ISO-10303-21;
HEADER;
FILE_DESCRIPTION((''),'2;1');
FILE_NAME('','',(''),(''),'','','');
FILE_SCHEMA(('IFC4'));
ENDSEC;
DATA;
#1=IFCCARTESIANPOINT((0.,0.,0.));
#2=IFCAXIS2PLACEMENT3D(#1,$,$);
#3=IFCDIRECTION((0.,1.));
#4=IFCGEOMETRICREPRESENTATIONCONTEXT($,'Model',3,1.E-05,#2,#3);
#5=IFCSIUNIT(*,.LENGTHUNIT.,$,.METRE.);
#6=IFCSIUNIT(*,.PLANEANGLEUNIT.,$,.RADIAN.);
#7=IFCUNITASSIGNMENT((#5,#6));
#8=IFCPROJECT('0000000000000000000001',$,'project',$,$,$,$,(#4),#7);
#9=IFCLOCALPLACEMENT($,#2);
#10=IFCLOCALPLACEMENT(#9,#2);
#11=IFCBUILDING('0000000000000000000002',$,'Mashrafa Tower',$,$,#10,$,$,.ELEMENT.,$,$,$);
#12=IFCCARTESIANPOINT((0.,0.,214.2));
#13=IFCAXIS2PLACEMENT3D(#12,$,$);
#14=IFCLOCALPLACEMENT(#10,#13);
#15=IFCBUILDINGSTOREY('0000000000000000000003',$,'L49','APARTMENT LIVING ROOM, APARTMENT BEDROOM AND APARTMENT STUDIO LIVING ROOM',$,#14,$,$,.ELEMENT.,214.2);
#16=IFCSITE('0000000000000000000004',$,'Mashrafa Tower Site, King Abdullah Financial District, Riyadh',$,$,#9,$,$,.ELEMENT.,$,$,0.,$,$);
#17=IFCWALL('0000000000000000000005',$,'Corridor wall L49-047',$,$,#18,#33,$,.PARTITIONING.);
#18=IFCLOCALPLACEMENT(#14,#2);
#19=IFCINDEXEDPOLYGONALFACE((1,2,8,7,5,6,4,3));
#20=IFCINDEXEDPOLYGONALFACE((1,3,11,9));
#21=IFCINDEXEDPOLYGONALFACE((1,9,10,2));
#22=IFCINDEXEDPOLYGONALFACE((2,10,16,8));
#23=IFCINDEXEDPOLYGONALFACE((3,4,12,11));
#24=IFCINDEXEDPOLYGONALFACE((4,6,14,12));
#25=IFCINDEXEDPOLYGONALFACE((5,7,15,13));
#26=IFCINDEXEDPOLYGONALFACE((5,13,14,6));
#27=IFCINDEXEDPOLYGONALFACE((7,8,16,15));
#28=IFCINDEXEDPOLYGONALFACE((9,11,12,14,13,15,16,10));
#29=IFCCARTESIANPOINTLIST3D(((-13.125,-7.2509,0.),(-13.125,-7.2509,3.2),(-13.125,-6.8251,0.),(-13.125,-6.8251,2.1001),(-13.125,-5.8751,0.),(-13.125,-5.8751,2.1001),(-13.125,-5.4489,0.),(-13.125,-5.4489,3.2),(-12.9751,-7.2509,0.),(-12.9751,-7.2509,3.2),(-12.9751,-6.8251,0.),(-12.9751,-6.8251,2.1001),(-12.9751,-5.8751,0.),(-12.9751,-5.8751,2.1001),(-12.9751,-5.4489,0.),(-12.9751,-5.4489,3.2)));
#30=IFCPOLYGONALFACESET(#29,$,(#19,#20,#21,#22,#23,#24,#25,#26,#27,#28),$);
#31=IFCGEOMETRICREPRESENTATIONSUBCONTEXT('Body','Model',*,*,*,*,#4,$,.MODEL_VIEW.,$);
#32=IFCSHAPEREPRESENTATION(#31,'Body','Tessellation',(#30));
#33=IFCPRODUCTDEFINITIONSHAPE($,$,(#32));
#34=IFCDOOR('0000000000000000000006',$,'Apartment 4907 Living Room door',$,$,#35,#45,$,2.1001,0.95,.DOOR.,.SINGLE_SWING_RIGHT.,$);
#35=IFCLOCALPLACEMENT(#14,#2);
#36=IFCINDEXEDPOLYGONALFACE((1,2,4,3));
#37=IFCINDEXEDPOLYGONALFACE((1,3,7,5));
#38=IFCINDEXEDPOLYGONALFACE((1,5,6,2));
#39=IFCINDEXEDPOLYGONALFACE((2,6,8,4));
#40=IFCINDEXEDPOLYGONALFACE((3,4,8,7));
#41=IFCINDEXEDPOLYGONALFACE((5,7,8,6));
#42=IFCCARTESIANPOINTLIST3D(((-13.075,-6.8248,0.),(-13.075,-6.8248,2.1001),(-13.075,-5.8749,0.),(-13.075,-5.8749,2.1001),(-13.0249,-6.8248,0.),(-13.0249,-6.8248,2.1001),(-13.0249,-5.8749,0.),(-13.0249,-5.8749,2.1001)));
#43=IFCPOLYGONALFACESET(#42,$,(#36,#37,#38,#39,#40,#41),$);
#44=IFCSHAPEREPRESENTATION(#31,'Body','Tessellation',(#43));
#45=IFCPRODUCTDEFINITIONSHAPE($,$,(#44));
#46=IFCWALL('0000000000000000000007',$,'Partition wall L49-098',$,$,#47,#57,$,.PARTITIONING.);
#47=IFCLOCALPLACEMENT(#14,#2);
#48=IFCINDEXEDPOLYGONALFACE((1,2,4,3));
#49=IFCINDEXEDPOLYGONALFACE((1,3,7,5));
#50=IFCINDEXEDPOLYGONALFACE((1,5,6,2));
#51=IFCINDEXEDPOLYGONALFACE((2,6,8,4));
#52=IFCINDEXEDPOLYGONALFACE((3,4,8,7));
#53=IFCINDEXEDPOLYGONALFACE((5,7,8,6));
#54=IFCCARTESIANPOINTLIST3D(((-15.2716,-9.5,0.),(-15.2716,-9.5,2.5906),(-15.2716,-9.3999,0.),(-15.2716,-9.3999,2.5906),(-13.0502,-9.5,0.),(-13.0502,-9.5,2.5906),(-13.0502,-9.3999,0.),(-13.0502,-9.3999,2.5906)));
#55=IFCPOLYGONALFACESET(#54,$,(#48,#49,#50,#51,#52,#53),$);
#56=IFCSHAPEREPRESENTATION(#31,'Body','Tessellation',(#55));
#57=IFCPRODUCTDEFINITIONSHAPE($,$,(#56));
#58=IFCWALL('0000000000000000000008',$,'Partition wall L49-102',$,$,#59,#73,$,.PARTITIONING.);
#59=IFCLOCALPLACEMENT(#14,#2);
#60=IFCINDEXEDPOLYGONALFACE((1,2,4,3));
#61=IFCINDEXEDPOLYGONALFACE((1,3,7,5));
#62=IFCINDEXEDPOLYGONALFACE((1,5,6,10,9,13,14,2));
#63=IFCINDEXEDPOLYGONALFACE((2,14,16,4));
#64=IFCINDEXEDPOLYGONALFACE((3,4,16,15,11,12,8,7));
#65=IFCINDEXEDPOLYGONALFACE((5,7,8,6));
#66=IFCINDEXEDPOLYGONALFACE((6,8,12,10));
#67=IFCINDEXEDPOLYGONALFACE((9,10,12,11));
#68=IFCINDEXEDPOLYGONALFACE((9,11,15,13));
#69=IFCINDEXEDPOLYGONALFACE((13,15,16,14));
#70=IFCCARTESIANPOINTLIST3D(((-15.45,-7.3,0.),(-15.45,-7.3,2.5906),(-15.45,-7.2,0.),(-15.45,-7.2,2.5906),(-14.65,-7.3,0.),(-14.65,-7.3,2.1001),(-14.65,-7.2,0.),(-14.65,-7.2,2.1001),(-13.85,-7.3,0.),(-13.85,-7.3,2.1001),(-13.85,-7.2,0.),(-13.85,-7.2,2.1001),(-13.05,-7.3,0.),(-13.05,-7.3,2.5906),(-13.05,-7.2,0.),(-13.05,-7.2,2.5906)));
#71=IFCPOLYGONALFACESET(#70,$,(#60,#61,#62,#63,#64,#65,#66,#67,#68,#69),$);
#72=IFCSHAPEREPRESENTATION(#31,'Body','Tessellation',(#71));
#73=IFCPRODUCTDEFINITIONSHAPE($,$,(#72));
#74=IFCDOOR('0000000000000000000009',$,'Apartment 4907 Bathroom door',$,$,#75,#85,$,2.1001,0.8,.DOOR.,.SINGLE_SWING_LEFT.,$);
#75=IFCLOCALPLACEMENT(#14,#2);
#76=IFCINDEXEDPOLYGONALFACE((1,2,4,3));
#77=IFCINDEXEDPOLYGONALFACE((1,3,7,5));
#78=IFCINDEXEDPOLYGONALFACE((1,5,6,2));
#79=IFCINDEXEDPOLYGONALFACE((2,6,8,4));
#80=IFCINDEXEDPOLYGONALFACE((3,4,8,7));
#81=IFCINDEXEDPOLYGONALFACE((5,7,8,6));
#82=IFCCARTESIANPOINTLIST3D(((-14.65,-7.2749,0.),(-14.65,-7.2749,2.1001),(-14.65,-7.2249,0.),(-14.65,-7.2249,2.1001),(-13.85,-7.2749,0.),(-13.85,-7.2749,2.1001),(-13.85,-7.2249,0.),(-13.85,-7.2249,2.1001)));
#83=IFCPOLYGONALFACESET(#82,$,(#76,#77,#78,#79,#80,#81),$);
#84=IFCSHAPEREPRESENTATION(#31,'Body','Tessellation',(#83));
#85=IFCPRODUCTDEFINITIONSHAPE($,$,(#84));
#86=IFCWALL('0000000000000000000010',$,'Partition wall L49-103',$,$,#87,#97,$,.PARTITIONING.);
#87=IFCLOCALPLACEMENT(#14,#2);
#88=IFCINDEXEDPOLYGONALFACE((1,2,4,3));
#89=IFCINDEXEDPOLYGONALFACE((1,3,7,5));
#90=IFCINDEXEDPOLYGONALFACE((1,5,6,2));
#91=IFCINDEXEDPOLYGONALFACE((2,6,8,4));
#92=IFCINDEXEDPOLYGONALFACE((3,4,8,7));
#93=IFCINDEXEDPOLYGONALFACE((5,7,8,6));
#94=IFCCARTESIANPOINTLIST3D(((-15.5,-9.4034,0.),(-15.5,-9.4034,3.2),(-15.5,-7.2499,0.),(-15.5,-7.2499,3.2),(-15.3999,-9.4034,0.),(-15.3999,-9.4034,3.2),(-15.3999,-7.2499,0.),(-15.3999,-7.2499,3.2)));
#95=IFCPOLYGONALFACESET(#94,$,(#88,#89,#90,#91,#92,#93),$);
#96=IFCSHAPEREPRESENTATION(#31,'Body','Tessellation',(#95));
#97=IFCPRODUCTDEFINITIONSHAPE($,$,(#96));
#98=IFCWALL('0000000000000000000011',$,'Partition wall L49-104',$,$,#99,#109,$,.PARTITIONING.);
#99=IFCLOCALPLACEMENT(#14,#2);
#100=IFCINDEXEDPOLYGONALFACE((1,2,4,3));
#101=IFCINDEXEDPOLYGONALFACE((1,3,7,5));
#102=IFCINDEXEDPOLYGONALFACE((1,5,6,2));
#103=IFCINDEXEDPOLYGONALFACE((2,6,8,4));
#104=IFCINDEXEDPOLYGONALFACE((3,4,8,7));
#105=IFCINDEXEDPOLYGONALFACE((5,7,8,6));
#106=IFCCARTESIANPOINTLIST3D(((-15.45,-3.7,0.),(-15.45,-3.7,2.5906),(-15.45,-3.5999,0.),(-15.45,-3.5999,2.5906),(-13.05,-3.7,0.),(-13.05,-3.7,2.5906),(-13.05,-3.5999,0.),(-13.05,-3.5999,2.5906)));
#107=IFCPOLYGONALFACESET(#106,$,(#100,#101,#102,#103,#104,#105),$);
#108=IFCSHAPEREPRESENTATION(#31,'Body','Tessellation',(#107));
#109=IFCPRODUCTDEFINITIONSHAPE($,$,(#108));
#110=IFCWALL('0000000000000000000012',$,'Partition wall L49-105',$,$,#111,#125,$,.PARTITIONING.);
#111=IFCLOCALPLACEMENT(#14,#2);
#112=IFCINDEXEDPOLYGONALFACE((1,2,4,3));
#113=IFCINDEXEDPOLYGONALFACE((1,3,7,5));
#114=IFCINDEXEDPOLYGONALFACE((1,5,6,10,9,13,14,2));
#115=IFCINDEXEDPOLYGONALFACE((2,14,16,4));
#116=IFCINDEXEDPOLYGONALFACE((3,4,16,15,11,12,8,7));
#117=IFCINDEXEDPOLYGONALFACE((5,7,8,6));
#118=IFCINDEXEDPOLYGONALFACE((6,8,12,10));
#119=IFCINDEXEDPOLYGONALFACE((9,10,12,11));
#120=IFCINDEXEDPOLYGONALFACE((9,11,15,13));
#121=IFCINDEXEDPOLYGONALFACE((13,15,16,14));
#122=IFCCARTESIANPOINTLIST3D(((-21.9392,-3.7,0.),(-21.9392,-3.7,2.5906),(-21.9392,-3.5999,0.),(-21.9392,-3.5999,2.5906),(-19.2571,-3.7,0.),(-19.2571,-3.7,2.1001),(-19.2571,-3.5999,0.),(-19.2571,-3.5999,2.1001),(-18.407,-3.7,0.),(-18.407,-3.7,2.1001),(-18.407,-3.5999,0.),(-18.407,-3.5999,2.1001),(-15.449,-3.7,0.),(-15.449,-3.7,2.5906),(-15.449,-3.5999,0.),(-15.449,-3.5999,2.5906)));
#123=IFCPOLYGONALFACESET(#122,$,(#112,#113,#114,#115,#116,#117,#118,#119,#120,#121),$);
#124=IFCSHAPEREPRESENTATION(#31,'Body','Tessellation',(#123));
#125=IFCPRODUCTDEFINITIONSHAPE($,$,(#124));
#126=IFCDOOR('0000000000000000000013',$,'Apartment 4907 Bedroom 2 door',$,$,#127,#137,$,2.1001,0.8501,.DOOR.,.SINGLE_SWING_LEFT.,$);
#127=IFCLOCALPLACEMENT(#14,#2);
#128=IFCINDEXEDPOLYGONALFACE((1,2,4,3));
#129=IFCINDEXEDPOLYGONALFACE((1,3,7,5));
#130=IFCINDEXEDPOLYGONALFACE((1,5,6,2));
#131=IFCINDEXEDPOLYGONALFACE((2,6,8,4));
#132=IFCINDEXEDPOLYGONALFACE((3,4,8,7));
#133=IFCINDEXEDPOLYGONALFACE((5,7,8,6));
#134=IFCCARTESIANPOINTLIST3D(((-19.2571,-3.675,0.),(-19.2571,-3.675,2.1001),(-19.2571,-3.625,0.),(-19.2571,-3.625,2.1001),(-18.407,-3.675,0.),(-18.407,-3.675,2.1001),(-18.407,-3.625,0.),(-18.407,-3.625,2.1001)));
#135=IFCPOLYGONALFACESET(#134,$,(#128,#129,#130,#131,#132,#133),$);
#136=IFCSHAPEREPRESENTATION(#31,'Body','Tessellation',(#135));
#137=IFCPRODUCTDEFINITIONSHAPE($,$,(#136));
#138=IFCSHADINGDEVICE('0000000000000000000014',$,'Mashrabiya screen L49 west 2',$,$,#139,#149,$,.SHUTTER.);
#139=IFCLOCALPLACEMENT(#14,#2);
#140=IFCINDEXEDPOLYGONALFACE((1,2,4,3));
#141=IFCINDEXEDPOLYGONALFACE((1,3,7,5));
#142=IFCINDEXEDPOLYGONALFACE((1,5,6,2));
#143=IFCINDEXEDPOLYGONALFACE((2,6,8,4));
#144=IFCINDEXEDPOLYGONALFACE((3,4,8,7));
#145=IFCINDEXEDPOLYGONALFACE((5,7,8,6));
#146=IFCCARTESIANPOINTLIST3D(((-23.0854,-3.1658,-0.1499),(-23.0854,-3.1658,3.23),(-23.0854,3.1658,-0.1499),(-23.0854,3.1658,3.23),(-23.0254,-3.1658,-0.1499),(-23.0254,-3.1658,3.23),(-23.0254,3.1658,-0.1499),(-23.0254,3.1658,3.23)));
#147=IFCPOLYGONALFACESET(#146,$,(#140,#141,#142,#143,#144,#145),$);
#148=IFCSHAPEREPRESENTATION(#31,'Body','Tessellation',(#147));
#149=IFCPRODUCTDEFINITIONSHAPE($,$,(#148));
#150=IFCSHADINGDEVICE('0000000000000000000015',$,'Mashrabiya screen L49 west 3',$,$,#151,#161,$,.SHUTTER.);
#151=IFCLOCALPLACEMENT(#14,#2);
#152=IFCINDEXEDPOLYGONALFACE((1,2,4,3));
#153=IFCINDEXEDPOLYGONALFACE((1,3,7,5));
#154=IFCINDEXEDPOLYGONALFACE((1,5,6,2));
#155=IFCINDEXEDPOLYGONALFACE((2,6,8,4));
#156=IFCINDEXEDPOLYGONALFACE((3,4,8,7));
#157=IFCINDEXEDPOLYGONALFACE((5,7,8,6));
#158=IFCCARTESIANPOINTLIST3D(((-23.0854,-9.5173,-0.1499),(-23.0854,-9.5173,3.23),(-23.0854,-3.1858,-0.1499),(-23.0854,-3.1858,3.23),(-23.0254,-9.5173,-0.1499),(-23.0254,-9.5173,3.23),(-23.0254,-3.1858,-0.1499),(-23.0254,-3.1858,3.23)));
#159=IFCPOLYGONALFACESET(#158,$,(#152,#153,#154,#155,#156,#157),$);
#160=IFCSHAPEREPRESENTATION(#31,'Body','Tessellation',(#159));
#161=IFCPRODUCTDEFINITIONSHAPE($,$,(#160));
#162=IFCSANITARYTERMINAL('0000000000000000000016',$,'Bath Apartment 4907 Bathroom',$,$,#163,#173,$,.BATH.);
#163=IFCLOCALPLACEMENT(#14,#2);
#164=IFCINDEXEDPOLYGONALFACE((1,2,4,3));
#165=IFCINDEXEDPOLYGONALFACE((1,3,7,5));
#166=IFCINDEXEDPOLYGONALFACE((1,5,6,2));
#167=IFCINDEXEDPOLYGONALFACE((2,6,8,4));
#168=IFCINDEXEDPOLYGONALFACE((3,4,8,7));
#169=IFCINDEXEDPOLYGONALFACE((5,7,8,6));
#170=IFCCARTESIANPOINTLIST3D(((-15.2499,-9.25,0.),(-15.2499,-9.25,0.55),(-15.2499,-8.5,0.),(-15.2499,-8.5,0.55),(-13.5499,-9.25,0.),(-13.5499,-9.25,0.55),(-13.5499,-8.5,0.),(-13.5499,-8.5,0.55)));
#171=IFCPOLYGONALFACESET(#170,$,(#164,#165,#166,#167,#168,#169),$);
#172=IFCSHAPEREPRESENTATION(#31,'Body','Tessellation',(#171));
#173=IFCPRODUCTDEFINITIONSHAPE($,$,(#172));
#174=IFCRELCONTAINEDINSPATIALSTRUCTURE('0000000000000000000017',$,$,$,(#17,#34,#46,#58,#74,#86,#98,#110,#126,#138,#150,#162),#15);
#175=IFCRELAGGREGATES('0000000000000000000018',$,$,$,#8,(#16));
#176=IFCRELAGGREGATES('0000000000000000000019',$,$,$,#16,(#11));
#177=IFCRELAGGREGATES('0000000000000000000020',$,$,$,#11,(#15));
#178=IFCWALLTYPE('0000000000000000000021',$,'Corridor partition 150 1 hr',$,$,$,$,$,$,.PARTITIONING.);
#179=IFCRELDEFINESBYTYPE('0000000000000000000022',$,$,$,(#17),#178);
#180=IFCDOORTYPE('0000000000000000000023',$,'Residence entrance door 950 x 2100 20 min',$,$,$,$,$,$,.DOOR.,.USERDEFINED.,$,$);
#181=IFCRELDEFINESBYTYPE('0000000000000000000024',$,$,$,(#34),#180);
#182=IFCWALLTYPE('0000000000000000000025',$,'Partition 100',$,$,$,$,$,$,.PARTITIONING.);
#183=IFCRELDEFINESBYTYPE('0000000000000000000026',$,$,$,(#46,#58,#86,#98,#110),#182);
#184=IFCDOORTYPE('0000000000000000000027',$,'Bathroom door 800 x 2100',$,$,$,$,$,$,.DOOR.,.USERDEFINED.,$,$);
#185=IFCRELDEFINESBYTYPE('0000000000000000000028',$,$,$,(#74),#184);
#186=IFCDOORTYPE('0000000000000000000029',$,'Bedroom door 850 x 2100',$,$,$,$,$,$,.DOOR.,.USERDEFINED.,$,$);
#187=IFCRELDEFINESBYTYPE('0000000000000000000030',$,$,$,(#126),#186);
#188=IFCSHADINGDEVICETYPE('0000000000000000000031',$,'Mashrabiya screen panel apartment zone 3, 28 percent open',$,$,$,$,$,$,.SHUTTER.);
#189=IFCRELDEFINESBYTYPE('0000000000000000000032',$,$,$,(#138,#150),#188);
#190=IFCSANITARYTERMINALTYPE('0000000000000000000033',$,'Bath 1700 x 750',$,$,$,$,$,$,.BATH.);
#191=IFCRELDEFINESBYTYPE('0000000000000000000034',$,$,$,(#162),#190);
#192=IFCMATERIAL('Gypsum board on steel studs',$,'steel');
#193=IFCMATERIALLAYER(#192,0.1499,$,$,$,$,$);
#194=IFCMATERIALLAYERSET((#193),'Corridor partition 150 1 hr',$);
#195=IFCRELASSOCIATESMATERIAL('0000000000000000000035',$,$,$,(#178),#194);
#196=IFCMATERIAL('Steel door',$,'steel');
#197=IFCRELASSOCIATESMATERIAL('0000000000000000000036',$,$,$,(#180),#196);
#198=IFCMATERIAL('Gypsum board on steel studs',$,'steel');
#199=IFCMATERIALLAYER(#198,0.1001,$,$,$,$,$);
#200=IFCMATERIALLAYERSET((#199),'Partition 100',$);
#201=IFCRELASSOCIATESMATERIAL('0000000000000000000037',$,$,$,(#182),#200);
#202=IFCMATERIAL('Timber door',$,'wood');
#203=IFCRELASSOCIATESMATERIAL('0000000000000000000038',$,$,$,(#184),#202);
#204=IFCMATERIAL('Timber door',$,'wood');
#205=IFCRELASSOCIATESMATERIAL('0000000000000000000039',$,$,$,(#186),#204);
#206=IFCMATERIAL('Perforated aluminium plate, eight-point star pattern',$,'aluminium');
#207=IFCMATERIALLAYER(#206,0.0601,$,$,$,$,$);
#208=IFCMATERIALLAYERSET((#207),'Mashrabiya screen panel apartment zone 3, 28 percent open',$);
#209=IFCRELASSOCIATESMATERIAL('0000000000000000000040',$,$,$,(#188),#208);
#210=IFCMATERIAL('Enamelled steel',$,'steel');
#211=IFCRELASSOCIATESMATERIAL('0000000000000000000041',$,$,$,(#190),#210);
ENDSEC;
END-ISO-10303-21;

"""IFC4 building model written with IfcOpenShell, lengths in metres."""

from ifc_helpers import new_model, si_unit, direction, frame, frame_2d, origin, origin_2d, place, context, subcontext, project, spatial, rectangle, extrude, source, transform, mapped, material, layer, layer_set, type_object, type_shapes, element, fill, save


model = new_model("IFC4")

# Units and contexts
model_context = context("Model", 3, precision=1e-05, world=origin(), true_north=direction((0.0, 1.0)))
body_context = subcontext(model_context, "Body", "Model", "MODEL_VIEW")
ifc_project = project(units=[si_unit("LENGTHUNIT", "METRE"), si_unit("PLANEANGLEUNIT", "RADIAN")], contexts=[model_context])

# Site, building, storey
site_placement = place(None, origin())
site = spatial("IfcSite", under=ifc_project, at=site_placement, Name="Mashrafa Tower Site, King Abdullah Financial District, Riyadh", CompositionType="ELEMENT", RefElevation=0.0)
building_placement = place(site_placement, origin())
building = spatial("IfcBuilding", under=site, at=building_placement, Name="Mashrafa Tower", CompositionType="ELEMENT")
storey_placement = place(building_placement, frame((0.0, 0.0, 214.2)))
storey = spatial("IfcBuildingStorey", under=building, at=storey_placement, Name="L49", Description="APARTMENT LIVING ROOM, APARTMENT BEDROOM AND APARTMENT STUDIO LIVING ROOM", CompositionType="ELEMENT", Elevation=214.2)

# Shared definitions
ifc_material_1 = material(Name="Gypsum board on steel studs", Category="steel")
ifc_layer_1 = layer(ifc_material_1, 0.1499)
ifc_layer_set_1 = layer_set([ifc_layer_1], Name="Corridor partition 150 1 hr")
wall_type_1 = type_object("IfcWallType", Name="Corridor partition 150 1 hr", PredefinedType="PARTITIONING", material=ifc_layer_set_1)

# Wall, opening, door
wall_1_placement = place(storey_placement, frame((-13.05, -5.449, 0.0), z_axis=(0.0, 0.0, 1.0), x_axis=(0.0, -1.0, 0.0)))
wall_1 = element("IfcWall", 1, at=wall_1_placement, inside=storey, type_object=wall_type_1, Name="Corridor wall L49-047", PredefinedType="PARTITIONING", context=body_context, shape_type="SweptSolid", body=[
    extrude(rectangle(XDim=1.802, YDim=0.1499, at=frame_2d((0.9009, 0.0))), origin(), (0.0, 0.0, 1.0), 3.2),
])
opening_1_placement = place(wall_1_placement, frame((0.426, 0.0, 0.0)))
opening_1 = element("IfcOpeningElement", 2, at=opening_1_placement, cuts=wall_1, PredefinedType="OPENING", context=body_context, shape_type="SweptSolid", body=[
    extrude(rectangle(XDim=0.95, YDim=2.1001, at=frame_2d((0.4751, 1.05))), frame((0.0, 0.085, 0.0), z_axis=(0.0, -1.0, 0.0), x_axis=(1.0, 0.0, 0.0)), (0.0, 0.0, 1.0), 0.1699),
])
ifc_material_2 = material(Name="Steel door", Category="steel")
door_type_1 = type_object("IfcDoorType", Name="Residence entrance door 950 x 2100 20 min", OperationType="USERDEFINED", PredefinedType="DOOR", material=ifc_material_2)
door_1_placement = place(opening_1_placement, frame((0.95, 0.0, 0.0), z_axis=(0.0, 0.0, 1.0), x_axis=(-1.0, 0.0, 0.0)))
door_1 = element("IfcDoor", 3, at=door_1_placement, inside=storey, type_object=door_type_1, Name="Apartment 4907 Living Room door", OperationType="SINGLE_SWING_RIGHT", OverallHeight=2.1001, OverallWidth=0.95, PredefinedType="DOOR", context=body_context, shape_type="SweptSolid", body=[
    extrude(rectangle(XDim=0.95, YDim=2.1001, at=frame_2d((0.4751, 1.05))), frame((0.0, 0.0249, 0.0), z_axis=(0.0, -1.0, 0.0), x_axis=(1.0, 0.0, 0.0)), (0.0, 0.0, 1.0), 0.05),
])
fill(opening_1, door_1)

# Wall
ifc_material_3 = material(Name="Gypsum board on steel studs", Category="steel")
ifc_layer_2 = layer(ifc_material_3, 0.1001)
ifc_layer_set_2 = layer_set([ifc_layer_2], Name="Partition 100")
wall_type_2 = type_object("IfcWallType", Name="Partition 100", PredefinedType="PARTITIONING", material=ifc_layer_set_2)
wall_2_placement = place(storey_placement, frame((-13.05, -9.45, 0.0), z_axis=(0.0, 0.0, 1.0), x_axis=(-1.0, 0.0, 0.0)))
element("IfcWall", 4, at=wall_2_placement, inside=storey, type_object=wall_type_2, Name="Partition wall L49-098", PredefinedType="PARTITIONING", context=body_context, shape_type="SweptSolid", body=[
    extrude(rectangle(XDim=2.2214, YDim=0.1001, at=frame_2d((1.1108, 0.0))), origin(), (0.0, 0.0, 1.0), 2.5906),
])

# Wall, opening, door
wall_3_placement = place(storey_placement, frame((-13.05, -7.25, 0.0), z_axis=(0.0, 0.0, 1.0), x_axis=(-1.0, 0.0, 0.0)))
wall_3 = element("IfcWall", 5, at=wall_3_placement, inside=storey, type_object=wall_type_2, Name="Partition wall L49-102", PredefinedType="PARTITIONING", context=body_context, shape_type="SweptSolid", body=[
    extrude(rectangle(XDim=2.3999, YDim=0.1001, at=frame_2d((1.2, 0.0))), origin(), (0.0, 0.0, 1.0), 2.5906),
])
opening_2_placement = place(wall_3_placement, frame((0.8, 0.0, 0.0)))
opening_2 = element("IfcOpeningElement", 6, at=opening_2_placement, cuts=wall_3, PredefinedType="OPENING", context=body_context, shape_type="SweptSolid", body=[
    extrude(rectangle(XDim=0.8, YDim=2.1001, at=frame_2d((0.3999, 1.05))), frame((0.0, 0.0601, 0.0), z_axis=(0.0, -1.0, 0.0), x_axis=(1.0, 0.0, 0.0)), (0.0, 0.0, 1.0), 0.1201),
])
ifc_material_4 = material(Name="Timber door", Category="wood")
door_type_2 = type_object("IfcDoorType", Name="Bathroom door 800 x 2100", OperationType="USERDEFINED", PredefinedType="DOOR", material=ifc_material_4)
door_2_placement = place(opening_2_placement, origin())
door_2 = element("IfcDoor", 7, at=door_2_placement, inside=storey, type_object=door_type_2, Name="Apartment 4907 Bathroom door", OperationType="SINGLE_SWING_LEFT", OverallHeight=2.1001, OverallWidth=0.8, PredefinedType="DOOR", context=body_context, shape_type="SweptSolid", body=[
    extrude(rectangle(XDim=0.8, YDim=2.1001, at=frame_2d((0.3999, 1.05))), frame((0.0, 0.0249, 0.0), z_axis=(0.0, -1.0, 0.0), x_axis=(1.0, 0.0, 0.0)), (0.0, 0.0, 1.0), 0.05),
])
fill(opening_2, door_2)

# Walls
wall_4_placement = place(storey_placement, frame((-15.45, -7.25, 0.0), z_axis=(0.0, 0.0, 1.0), x_axis=(0.0, -1.0, 0.0)))
element("IfcWall", 8, at=wall_4_placement, inside=storey, type_object=wall_type_2, Name="Partition wall L49-103", PredefinedType="PARTITIONING", context=body_context, shape_type="SweptSolid", body=[
    extrude(rectangle(XDim=2.1536, YDim=0.1001, at=frame_2d((1.0767, 0.0))), origin(), (0.0, 0.0, 1.0), 3.2),
])
wall_5_placement = place(storey_placement, frame((-13.05, -3.6499, 0.0), z_axis=(0.0, 0.0, 1.0), x_axis=(-1.0, 0.0, 0.0)))
element("IfcWall", 9, at=wall_5_placement, inside=storey, type_object=wall_type_2, Name="Partition wall L49-104", PredefinedType="PARTITIONING", context=body_context, shape_type="SweptSolid", body=[
    extrude(rectangle(XDim=2.3999, YDim=0.1001, at=frame_2d((1.2, 0.0))), origin(), (0.0, 0.0, 1.0), 2.5906),
])

# Wall, opening, door
wall_6_placement = place(storey_placement, frame((-21.9392, -3.6499, 0.0), z_axis=(0.0, 0.0, 1.0), x_axis=(1.0, 0.0, 0.0)))
wall_6 = element("IfcWall", 10, at=wall_6_placement, inside=storey, type_object=wall_type_2, Name="Partition wall L49-105", PredefinedType="PARTITIONING", context=body_context, shape_type="SweptSolid", body=[
    extrude(rectangle(XDim=6.4902, YDim=0.1001, at=frame_2d((3.2451, 0.0))), origin(), (0.0, 0.0, 1.0), 2.5906),
])
opening_3_placement = place(wall_6_placement, frame((2.6821, 0.0, 0.0)))
opening_3 = element("IfcOpeningElement", 11, at=opening_3_placement, cuts=wall_6, PredefinedType="OPENING", context=body_context, shape_type="SweptSolid", body=[
    extrude(rectangle(XDim=0.8501, YDim=2.1001, at=frame_2d((0.425, 1.05))), frame((0.0, 0.0601, 0.0), z_axis=(0.0, -1.0, 0.0), x_axis=(1.0, 0.0, 0.0)), (0.0, 0.0, 1.0), 0.1201),
])
ifc_material_5 = material(Name="Timber door", Category="wood")
door_type_3 = type_object("IfcDoorType", Name="Bedroom door 850 x 2100", OperationType="USERDEFINED", PredefinedType="DOOR", material=ifc_material_5)
door_3_placement = place(opening_3_placement, origin())
door_3 = element("IfcDoor", 12, at=door_3_placement, inside=storey, type_object=door_type_3, Name="Apartment 4907 Bedroom 2 door", OperationType="SINGLE_SWING_LEFT", OverallHeight=2.1001, OverallWidth=0.8501, PredefinedType="DOOR", context=body_context, shape_type="SweptSolid", body=[
    extrude(rectangle(XDim=0.8501, YDim=2.1001, at=frame_2d((0.425, 1.05))), frame((0.0, 0.0249, 0.0), z_axis=(0.0, -1.0, 0.0), x_axis=(1.0, 0.0, 0.0)), (0.0, 0.0, 1.0), 0.05),
])
fill(opening_3, door_3)

# Shading devices
ifc_material_6 = material(Name="Perforated aluminium plate, eight-point star pattern", Category="aluminium")
ifc_layer_3 = layer(ifc_material_6, 0.0601)
ifc_layer_set_3 = layer_set([ifc_layer_3], Name="Mashrabiya screen panel apartment zone 3, 28 percent open")
shading_device_type = type_object("IfcShadingDeviceType", Name="Mashrabiya screen panel apartment zone 3, 28 percent open", PredefinedType="SHUTTER", material=ifc_layer_set_3)
shared_shape_1 = source(origin(), body_context, "Body", "SweptSolid", [
    extrude(rectangle(XDim=6.3315, YDim=0.0601, at=origin_2d()), origin(), (0.0, 0.0, 1.0), 3.3799),
])
type_shapes(shading_device_type, [shared_shape_1])
for number, where, z_axis, x_axis, name in (
    (13, (-23.0554, 0.0, -0.1499), (0.0, 0.0, 1.0), (0.0, -1.0, 0.0), "Mashrabiya screen L49 west 2"),
    (14, (-23.0554, -6.3516, -0.1499), (0.0, 0.0, 1.0), (0.0, -1.0, 0.0), "Mashrabiya screen L49 west 3"),
):
    element("IfcShadingDevice", number, at=place(storey_placement, frame(where, z_axis=z_axis, x_axis=x_axis)), inside=storey, type_object=shading_device_type, Name=name, PredefinedType="SHUTTER", context=body_context, shape_type="MappedRepresentation", body=[
        mapped(shared_shape_1, transform((0.0, 0.0, 0.0))),
    ])

# Sanitary terminal
ifc_material_7 = material(Name="Enamelled steel", Category="steel")
sanitary_terminal_type_1 = type_object("IfcSanitaryTerminalType", Name="Bath 1700 x 750", PredefinedType="BATH", material=ifc_material_7)
sanitary_terminal_1_placement = place(storey_placement, frame((-14.3999, -8.875, 0.0), z_axis=(0.0, 0.0, 1.0), x_axis=(1.0, 0.0, 0.0)))
element("IfcSanitaryTerminal", 15, at=sanitary_terminal_1_placement, inside=storey, type_object=sanitary_terminal_type_1, Name="Bath Apartment 4907 Bathroom", PredefinedType="BATH", context=body_context, shape_type="SweptSolid", body=[
    extrude(rectangle(XDim=1.7, YDim=0.75, at=origin_2d()), origin(), (0.0, 0.0, 1.0), 0.55),
])

save(model, "model.ifc")
